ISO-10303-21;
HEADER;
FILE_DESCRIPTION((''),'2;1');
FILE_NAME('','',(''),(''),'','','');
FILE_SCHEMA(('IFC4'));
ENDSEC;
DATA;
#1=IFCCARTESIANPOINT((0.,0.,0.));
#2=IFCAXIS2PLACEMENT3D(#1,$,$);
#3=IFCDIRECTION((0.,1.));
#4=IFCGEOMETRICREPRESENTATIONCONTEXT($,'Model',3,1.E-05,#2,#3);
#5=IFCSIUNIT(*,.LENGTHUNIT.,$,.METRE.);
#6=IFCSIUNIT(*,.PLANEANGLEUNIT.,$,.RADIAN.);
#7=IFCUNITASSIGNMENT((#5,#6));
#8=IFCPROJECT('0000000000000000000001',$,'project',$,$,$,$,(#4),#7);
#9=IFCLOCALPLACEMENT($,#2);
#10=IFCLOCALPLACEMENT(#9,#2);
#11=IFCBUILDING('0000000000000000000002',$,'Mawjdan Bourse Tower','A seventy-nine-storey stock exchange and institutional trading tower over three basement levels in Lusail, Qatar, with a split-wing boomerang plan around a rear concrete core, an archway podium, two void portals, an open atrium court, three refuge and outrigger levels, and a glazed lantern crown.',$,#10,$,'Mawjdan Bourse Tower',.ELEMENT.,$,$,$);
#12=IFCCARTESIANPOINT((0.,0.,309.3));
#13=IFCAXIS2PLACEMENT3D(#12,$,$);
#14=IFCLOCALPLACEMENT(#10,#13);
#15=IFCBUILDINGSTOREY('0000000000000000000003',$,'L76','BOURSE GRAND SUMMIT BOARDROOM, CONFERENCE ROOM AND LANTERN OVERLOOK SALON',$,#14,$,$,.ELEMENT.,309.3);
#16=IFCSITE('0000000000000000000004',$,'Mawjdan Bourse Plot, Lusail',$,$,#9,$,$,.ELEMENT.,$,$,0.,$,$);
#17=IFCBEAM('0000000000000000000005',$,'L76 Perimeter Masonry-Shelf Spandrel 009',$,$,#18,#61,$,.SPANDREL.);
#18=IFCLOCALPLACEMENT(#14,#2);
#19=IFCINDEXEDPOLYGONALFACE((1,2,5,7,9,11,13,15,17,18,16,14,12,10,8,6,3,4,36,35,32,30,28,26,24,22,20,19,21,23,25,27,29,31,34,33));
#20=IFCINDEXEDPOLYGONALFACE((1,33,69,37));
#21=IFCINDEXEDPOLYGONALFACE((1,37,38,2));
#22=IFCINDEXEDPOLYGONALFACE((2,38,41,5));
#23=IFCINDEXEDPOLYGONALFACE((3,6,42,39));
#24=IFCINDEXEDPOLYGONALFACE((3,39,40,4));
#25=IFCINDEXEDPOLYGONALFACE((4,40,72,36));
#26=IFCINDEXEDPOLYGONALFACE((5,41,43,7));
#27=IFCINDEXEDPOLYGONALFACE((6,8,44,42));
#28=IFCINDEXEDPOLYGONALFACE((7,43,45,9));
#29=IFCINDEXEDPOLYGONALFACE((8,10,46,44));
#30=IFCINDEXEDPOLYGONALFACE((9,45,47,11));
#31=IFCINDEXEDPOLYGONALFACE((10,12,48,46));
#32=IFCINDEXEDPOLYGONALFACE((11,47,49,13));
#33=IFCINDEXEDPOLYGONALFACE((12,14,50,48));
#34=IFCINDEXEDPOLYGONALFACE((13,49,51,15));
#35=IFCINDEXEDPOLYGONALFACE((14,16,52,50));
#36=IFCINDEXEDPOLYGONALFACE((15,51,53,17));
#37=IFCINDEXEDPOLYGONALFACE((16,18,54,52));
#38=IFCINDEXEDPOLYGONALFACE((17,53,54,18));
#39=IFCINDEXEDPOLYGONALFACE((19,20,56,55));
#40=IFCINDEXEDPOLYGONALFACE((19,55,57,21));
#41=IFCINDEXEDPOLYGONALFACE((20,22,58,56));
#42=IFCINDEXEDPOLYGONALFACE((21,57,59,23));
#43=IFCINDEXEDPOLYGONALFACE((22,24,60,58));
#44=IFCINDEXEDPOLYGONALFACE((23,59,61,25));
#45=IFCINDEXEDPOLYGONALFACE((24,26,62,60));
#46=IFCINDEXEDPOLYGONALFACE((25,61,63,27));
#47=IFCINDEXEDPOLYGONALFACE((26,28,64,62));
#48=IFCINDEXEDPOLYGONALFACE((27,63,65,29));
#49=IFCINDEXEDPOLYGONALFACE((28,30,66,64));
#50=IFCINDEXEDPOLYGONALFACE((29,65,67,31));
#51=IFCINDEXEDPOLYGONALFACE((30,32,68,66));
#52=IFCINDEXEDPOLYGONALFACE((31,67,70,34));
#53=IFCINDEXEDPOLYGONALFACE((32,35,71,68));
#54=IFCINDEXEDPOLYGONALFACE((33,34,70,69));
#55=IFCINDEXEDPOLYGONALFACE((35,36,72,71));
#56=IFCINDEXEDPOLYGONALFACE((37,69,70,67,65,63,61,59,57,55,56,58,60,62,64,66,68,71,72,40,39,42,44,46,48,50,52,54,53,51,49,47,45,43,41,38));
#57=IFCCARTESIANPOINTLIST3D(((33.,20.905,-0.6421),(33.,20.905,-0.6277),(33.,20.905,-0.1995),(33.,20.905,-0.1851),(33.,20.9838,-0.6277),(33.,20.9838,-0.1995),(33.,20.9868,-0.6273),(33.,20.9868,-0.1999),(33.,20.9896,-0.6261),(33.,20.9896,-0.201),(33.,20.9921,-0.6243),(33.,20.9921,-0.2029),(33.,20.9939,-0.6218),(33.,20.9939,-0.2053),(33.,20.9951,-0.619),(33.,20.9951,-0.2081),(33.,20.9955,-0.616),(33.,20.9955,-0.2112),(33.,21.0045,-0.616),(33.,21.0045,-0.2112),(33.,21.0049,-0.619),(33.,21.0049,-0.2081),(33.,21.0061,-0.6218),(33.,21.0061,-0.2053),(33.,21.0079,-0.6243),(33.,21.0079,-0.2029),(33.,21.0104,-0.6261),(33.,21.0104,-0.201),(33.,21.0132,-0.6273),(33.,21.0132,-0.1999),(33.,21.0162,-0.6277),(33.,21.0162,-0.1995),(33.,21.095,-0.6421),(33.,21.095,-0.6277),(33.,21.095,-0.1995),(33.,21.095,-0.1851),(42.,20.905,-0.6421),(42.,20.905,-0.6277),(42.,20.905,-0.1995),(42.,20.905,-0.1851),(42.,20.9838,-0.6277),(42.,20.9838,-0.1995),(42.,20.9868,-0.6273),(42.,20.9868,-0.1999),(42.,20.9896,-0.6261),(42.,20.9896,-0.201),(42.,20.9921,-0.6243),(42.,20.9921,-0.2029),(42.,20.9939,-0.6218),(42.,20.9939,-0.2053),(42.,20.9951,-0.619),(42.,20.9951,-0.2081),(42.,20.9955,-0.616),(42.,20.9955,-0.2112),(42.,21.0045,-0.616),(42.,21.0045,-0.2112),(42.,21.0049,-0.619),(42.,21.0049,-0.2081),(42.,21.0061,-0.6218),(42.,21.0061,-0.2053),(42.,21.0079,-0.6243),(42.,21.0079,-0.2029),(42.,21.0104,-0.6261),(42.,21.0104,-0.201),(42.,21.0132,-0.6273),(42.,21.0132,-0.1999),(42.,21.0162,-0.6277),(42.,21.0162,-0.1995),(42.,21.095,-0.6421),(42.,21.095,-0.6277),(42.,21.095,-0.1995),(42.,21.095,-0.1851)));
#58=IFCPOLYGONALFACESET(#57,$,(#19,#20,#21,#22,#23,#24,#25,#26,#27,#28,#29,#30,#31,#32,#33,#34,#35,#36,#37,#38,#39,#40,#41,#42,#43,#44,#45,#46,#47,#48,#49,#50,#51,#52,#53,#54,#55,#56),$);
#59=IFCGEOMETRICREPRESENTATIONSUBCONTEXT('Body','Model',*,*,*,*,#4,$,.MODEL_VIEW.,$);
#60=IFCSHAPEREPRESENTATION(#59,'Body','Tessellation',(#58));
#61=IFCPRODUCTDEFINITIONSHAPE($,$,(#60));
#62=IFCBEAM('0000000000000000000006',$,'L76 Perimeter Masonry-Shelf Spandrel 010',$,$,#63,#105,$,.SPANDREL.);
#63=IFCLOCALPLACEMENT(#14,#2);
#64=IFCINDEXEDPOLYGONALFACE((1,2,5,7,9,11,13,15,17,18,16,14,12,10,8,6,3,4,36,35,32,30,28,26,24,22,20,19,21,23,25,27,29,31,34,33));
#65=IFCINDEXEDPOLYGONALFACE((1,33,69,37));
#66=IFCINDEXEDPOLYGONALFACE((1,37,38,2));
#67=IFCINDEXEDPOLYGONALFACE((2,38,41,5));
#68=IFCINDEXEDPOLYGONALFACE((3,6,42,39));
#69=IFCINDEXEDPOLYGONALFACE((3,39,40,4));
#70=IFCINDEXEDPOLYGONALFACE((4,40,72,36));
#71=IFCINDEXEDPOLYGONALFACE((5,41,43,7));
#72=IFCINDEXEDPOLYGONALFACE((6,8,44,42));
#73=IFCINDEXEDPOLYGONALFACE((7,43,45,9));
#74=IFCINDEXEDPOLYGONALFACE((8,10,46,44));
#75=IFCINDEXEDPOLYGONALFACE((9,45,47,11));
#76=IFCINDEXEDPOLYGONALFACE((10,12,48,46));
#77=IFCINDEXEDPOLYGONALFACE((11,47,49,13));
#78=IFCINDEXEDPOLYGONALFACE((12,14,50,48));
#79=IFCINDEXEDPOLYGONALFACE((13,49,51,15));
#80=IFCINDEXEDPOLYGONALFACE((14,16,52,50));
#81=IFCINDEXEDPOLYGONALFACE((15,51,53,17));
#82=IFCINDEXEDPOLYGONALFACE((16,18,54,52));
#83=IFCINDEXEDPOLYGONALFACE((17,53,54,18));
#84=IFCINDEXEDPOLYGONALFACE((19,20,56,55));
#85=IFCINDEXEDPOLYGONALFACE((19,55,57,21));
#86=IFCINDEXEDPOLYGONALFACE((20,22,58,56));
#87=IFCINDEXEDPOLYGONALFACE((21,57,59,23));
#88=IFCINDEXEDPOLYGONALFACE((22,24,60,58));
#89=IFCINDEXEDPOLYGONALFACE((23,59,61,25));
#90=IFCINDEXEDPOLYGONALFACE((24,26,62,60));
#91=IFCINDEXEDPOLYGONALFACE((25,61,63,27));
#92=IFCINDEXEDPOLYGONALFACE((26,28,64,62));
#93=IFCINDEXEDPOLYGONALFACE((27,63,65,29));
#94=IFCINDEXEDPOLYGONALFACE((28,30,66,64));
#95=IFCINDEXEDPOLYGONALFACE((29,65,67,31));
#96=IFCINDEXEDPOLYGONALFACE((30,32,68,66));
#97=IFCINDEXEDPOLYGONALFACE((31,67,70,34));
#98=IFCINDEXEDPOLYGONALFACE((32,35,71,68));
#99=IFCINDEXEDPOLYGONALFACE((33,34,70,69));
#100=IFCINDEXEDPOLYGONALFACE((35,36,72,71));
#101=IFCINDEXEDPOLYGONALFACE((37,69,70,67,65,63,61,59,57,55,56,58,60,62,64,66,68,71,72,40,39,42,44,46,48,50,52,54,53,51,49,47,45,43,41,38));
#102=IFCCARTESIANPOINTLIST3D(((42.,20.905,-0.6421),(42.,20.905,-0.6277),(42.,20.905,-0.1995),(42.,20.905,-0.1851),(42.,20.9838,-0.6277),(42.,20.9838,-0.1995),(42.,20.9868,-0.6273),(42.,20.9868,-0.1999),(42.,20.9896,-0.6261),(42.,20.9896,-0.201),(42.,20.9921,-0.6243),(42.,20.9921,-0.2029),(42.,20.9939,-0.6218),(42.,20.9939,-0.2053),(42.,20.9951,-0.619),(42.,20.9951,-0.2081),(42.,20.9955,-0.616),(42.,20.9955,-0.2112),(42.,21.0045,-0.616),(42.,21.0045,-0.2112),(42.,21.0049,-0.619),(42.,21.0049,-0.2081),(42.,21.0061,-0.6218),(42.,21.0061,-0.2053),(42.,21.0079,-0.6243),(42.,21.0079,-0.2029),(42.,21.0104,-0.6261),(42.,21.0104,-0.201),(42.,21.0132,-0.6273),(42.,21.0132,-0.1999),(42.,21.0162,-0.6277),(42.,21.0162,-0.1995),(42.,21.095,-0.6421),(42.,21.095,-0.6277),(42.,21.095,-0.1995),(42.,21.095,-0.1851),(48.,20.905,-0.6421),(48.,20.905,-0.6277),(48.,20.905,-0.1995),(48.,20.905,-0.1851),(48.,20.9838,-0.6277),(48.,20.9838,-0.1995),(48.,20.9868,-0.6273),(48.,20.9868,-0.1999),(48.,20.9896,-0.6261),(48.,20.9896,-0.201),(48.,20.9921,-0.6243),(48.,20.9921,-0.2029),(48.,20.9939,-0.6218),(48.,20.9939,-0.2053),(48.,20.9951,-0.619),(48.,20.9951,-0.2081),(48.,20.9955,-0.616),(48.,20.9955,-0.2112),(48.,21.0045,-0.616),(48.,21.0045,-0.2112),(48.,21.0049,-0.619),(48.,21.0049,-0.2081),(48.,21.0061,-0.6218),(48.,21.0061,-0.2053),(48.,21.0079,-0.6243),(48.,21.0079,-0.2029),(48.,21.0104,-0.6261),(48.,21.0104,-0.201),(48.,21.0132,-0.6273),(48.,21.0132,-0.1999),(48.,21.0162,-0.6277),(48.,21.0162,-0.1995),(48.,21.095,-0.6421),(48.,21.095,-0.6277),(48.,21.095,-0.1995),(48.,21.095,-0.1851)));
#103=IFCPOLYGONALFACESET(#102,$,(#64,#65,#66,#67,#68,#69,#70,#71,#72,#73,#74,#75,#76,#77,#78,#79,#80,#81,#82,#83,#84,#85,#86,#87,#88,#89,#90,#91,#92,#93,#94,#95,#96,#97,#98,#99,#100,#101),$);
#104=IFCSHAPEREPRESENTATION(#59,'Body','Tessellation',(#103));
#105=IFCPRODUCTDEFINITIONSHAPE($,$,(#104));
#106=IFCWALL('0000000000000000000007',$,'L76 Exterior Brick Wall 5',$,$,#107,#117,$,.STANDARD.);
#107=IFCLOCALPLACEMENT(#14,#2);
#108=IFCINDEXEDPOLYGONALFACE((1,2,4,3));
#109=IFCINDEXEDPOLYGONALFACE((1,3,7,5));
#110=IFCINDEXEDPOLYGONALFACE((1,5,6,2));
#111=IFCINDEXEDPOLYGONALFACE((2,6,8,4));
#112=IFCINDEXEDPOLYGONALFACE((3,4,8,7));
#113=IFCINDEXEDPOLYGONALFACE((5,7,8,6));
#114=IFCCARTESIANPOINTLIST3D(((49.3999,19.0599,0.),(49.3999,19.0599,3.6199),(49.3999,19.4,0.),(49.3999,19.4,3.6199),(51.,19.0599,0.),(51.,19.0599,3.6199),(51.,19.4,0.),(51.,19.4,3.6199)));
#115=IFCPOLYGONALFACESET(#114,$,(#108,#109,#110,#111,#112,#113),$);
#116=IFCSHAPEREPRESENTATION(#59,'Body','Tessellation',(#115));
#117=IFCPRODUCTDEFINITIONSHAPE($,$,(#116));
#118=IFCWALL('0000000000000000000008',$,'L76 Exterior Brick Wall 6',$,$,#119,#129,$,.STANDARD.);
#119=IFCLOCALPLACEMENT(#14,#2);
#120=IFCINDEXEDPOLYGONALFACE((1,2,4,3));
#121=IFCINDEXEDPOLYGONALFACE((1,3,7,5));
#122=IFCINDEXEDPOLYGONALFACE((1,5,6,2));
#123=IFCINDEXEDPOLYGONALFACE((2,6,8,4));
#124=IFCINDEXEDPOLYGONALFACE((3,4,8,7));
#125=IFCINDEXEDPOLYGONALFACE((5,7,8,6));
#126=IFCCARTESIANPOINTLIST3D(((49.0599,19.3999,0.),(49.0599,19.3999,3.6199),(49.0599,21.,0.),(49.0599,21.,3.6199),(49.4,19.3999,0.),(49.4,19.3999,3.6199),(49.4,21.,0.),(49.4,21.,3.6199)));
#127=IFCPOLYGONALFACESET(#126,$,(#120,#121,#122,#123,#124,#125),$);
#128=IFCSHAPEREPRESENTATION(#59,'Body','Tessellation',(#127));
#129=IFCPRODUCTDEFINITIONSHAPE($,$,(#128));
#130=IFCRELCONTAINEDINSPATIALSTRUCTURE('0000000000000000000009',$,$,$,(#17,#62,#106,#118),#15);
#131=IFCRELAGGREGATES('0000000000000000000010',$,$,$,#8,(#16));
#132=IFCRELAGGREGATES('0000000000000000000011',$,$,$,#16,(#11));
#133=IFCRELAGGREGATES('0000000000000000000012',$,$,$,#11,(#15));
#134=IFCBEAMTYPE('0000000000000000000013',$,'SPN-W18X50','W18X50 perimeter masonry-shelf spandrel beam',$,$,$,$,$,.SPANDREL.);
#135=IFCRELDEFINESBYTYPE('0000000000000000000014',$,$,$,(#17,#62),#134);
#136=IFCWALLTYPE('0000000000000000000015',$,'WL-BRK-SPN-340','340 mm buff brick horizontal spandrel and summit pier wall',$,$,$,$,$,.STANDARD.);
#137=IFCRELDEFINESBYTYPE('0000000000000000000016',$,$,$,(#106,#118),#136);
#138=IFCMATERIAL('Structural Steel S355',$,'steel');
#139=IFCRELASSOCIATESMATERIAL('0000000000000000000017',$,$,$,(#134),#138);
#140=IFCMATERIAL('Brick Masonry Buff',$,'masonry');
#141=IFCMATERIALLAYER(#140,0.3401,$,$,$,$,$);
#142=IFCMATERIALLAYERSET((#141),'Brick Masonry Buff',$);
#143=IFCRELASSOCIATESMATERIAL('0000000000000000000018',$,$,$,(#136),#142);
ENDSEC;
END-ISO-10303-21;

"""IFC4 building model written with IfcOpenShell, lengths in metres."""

from ifc_helpers import new_model, si_unit, direction, frame, frame_2d, origin, origin_2d, place, context, subcontext, project, spatial, rectangle, i_section, extrude, material, layer, layer_set, material_profile, profile_set, type_object, element, save


model = new_model("IFC4")

# Units and contexts
model_context = context("Model", 3, precision=1e-05, world=origin(), true_north=direction((0.0, 1.0)))
body_context = subcontext(model_context, "Body", "Model", "MODEL_VIEW")
ifc_project = project(units=[si_unit("LENGTHUNIT", "METRE"), si_unit("PLANEANGLEUNIT", "RADIAN")], contexts=[model_context])

# Site, building, storey
site_placement = place(None, origin())
site = spatial("IfcSite", under=ifc_project, at=site_placement, Name="Mawjdan Bourse Plot, Lusail", CompositionType="ELEMENT", RefElevation=0.0)
building_placement = place(site_placement, origin())
building = spatial("IfcBuilding", under=site, at=building_placement, Name="Mawjdan Bourse Tower", Description="A seventy-nine-storey stock exchange and institutional trading tower over three basement levels in Lusail, Qatar, with a split-wing boomerang plan around a rear concrete core, an archway podium, two void portals, an open atrium court, three refuge and outrigger levels, and a glazed lantern crown.", LongName="Mawjdan Bourse Tower", CompositionType="ELEMENT")
storey_placement = place(building_placement, frame((0.0, 0.0, 309.3)))
storey = spatial("IfcBuildingStorey", under=building, at=storey_placement, Name="L76", Description="BOURSE GRAND SUMMIT BOARDROOM, CONFERENCE ROOM AND LANTERN OVERLOOK SALON", CompositionType="ELEMENT", Elevation=309.3)

# Shared definitions
ifc_material_1 = material(Name="Structural Steel S355", Category="steel")

# Beams
ifc_material_profile_1 = material_profile(ifc_material_1, i_section(OverallWidth=0.1899, OverallDepth=0.457, WebThickness=0.009, FlangeThickness=0.0144, FilletRadius=0.0117, at=origin_2d()), Name="W18X50")
ifc_profile_set_1 = profile_set([ifc_material_profile_1], Name="Structural Steel S355")
beam_type_1 = type_object("IfcBeamType", Name="SPN-W18X50", Description="W18X50 perimeter masonry-shelf spandrel beam", PredefinedType="SPANDREL", material=ifc_profile_set_1)
beam_1_placement = place(storey_placement, frame((33.0, 21.0, -0.4136), z_axis=(1.0, 0.0, 0.0), x_axis=(0.0, 1.0, 0.0)))
element("IfcBeam", 1, at=beam_1_placement, inside=storey, type_object=beam_type_1, Name="L76 Perimeter Masonry-Shelf Spandrel 009", PredefinedType="SPANDREL", context=body_context, shape_type="SweptSolid", body=[
    extrude(i_section(OverallWidth=0.1899, OverallDepth=0.457, WebThickness=0.009, FlangeThickness=0.0144, FilletRadius=0.0117, at=origin_2d()), origin(), (0.0, 0.0, 1.0), 9.0),
])
beam_2_placement = place(storey_placement, frame((42.0, 21.0, -0.4136), z_axis=(1.0, 0.0, 0.0), x_axis=(0.0, 1.0, 0.0)))
element("IfcBeam", 2, at=beam_2_placement, inside=storey, type_object=beam_type_1, Name="L76 Perimeter Masonry-Shelf Spandrel 010", PredefinedType="SPANDREL", context=body_context, shape_type="SweptSolid", body=[
    extrude(i_section(OverallWidth=0.1899, OverallDepth=0.457, WebThickness=0.009, FlangeThickness=0.0144, FilletRadius=0.0117, at=origin_2d()), origin(), (0.0, 0.0, 1.0), 6.0),
])

# Walls
ifc_material_2 = material(Name="Brick Masonry Buff", Category="masonry")
ifc_layer_1 = layer(ifc_material_2, 0.3401)
ifc_layer_set_1 = layer_set([ifc_layer_1], Name="Brick Masonry Buff")
wall_type_1 = type_object("IfcWallType", Name="WL-BRK-SPN-340", Description="340 mm buff brick horizontal spandrel and summit pier wall", PredefinedType="STANDARD", material=ifc_layer_set_1)
for number, where, z_axis, x_axis, name in (
    (3, (51.0, 19.23, 0.0), (0.0, 0.0, 1.0), (-1.0, 0.0, 0.0), "L76 Exterior Brick Wall 5"),
    (4, (49.23, 19.3999, 0.0), (0.0, 0.0, 1.0), (0.0, 1.0, 0.0), "L76 Exterior Brick Wall 6"),
):
    element("IfcWall", number, at=place(storey_placement, frame(where, z_axis=z_axis, x_axis=x_axis)), inside=storey, type_object=wall_type_1, Name=name, PredefinedType="STANDARD", context=body_context, shape_type="SweptSolid", body=[
        extrude(rectangle(XDim=1.6001, YDim=0.3401, at=frame_2d((0.8, 0.0))), origin(), (0.0, 0.0, 1.0), 3.6199),
    ])

save(model, "model.ifc")
